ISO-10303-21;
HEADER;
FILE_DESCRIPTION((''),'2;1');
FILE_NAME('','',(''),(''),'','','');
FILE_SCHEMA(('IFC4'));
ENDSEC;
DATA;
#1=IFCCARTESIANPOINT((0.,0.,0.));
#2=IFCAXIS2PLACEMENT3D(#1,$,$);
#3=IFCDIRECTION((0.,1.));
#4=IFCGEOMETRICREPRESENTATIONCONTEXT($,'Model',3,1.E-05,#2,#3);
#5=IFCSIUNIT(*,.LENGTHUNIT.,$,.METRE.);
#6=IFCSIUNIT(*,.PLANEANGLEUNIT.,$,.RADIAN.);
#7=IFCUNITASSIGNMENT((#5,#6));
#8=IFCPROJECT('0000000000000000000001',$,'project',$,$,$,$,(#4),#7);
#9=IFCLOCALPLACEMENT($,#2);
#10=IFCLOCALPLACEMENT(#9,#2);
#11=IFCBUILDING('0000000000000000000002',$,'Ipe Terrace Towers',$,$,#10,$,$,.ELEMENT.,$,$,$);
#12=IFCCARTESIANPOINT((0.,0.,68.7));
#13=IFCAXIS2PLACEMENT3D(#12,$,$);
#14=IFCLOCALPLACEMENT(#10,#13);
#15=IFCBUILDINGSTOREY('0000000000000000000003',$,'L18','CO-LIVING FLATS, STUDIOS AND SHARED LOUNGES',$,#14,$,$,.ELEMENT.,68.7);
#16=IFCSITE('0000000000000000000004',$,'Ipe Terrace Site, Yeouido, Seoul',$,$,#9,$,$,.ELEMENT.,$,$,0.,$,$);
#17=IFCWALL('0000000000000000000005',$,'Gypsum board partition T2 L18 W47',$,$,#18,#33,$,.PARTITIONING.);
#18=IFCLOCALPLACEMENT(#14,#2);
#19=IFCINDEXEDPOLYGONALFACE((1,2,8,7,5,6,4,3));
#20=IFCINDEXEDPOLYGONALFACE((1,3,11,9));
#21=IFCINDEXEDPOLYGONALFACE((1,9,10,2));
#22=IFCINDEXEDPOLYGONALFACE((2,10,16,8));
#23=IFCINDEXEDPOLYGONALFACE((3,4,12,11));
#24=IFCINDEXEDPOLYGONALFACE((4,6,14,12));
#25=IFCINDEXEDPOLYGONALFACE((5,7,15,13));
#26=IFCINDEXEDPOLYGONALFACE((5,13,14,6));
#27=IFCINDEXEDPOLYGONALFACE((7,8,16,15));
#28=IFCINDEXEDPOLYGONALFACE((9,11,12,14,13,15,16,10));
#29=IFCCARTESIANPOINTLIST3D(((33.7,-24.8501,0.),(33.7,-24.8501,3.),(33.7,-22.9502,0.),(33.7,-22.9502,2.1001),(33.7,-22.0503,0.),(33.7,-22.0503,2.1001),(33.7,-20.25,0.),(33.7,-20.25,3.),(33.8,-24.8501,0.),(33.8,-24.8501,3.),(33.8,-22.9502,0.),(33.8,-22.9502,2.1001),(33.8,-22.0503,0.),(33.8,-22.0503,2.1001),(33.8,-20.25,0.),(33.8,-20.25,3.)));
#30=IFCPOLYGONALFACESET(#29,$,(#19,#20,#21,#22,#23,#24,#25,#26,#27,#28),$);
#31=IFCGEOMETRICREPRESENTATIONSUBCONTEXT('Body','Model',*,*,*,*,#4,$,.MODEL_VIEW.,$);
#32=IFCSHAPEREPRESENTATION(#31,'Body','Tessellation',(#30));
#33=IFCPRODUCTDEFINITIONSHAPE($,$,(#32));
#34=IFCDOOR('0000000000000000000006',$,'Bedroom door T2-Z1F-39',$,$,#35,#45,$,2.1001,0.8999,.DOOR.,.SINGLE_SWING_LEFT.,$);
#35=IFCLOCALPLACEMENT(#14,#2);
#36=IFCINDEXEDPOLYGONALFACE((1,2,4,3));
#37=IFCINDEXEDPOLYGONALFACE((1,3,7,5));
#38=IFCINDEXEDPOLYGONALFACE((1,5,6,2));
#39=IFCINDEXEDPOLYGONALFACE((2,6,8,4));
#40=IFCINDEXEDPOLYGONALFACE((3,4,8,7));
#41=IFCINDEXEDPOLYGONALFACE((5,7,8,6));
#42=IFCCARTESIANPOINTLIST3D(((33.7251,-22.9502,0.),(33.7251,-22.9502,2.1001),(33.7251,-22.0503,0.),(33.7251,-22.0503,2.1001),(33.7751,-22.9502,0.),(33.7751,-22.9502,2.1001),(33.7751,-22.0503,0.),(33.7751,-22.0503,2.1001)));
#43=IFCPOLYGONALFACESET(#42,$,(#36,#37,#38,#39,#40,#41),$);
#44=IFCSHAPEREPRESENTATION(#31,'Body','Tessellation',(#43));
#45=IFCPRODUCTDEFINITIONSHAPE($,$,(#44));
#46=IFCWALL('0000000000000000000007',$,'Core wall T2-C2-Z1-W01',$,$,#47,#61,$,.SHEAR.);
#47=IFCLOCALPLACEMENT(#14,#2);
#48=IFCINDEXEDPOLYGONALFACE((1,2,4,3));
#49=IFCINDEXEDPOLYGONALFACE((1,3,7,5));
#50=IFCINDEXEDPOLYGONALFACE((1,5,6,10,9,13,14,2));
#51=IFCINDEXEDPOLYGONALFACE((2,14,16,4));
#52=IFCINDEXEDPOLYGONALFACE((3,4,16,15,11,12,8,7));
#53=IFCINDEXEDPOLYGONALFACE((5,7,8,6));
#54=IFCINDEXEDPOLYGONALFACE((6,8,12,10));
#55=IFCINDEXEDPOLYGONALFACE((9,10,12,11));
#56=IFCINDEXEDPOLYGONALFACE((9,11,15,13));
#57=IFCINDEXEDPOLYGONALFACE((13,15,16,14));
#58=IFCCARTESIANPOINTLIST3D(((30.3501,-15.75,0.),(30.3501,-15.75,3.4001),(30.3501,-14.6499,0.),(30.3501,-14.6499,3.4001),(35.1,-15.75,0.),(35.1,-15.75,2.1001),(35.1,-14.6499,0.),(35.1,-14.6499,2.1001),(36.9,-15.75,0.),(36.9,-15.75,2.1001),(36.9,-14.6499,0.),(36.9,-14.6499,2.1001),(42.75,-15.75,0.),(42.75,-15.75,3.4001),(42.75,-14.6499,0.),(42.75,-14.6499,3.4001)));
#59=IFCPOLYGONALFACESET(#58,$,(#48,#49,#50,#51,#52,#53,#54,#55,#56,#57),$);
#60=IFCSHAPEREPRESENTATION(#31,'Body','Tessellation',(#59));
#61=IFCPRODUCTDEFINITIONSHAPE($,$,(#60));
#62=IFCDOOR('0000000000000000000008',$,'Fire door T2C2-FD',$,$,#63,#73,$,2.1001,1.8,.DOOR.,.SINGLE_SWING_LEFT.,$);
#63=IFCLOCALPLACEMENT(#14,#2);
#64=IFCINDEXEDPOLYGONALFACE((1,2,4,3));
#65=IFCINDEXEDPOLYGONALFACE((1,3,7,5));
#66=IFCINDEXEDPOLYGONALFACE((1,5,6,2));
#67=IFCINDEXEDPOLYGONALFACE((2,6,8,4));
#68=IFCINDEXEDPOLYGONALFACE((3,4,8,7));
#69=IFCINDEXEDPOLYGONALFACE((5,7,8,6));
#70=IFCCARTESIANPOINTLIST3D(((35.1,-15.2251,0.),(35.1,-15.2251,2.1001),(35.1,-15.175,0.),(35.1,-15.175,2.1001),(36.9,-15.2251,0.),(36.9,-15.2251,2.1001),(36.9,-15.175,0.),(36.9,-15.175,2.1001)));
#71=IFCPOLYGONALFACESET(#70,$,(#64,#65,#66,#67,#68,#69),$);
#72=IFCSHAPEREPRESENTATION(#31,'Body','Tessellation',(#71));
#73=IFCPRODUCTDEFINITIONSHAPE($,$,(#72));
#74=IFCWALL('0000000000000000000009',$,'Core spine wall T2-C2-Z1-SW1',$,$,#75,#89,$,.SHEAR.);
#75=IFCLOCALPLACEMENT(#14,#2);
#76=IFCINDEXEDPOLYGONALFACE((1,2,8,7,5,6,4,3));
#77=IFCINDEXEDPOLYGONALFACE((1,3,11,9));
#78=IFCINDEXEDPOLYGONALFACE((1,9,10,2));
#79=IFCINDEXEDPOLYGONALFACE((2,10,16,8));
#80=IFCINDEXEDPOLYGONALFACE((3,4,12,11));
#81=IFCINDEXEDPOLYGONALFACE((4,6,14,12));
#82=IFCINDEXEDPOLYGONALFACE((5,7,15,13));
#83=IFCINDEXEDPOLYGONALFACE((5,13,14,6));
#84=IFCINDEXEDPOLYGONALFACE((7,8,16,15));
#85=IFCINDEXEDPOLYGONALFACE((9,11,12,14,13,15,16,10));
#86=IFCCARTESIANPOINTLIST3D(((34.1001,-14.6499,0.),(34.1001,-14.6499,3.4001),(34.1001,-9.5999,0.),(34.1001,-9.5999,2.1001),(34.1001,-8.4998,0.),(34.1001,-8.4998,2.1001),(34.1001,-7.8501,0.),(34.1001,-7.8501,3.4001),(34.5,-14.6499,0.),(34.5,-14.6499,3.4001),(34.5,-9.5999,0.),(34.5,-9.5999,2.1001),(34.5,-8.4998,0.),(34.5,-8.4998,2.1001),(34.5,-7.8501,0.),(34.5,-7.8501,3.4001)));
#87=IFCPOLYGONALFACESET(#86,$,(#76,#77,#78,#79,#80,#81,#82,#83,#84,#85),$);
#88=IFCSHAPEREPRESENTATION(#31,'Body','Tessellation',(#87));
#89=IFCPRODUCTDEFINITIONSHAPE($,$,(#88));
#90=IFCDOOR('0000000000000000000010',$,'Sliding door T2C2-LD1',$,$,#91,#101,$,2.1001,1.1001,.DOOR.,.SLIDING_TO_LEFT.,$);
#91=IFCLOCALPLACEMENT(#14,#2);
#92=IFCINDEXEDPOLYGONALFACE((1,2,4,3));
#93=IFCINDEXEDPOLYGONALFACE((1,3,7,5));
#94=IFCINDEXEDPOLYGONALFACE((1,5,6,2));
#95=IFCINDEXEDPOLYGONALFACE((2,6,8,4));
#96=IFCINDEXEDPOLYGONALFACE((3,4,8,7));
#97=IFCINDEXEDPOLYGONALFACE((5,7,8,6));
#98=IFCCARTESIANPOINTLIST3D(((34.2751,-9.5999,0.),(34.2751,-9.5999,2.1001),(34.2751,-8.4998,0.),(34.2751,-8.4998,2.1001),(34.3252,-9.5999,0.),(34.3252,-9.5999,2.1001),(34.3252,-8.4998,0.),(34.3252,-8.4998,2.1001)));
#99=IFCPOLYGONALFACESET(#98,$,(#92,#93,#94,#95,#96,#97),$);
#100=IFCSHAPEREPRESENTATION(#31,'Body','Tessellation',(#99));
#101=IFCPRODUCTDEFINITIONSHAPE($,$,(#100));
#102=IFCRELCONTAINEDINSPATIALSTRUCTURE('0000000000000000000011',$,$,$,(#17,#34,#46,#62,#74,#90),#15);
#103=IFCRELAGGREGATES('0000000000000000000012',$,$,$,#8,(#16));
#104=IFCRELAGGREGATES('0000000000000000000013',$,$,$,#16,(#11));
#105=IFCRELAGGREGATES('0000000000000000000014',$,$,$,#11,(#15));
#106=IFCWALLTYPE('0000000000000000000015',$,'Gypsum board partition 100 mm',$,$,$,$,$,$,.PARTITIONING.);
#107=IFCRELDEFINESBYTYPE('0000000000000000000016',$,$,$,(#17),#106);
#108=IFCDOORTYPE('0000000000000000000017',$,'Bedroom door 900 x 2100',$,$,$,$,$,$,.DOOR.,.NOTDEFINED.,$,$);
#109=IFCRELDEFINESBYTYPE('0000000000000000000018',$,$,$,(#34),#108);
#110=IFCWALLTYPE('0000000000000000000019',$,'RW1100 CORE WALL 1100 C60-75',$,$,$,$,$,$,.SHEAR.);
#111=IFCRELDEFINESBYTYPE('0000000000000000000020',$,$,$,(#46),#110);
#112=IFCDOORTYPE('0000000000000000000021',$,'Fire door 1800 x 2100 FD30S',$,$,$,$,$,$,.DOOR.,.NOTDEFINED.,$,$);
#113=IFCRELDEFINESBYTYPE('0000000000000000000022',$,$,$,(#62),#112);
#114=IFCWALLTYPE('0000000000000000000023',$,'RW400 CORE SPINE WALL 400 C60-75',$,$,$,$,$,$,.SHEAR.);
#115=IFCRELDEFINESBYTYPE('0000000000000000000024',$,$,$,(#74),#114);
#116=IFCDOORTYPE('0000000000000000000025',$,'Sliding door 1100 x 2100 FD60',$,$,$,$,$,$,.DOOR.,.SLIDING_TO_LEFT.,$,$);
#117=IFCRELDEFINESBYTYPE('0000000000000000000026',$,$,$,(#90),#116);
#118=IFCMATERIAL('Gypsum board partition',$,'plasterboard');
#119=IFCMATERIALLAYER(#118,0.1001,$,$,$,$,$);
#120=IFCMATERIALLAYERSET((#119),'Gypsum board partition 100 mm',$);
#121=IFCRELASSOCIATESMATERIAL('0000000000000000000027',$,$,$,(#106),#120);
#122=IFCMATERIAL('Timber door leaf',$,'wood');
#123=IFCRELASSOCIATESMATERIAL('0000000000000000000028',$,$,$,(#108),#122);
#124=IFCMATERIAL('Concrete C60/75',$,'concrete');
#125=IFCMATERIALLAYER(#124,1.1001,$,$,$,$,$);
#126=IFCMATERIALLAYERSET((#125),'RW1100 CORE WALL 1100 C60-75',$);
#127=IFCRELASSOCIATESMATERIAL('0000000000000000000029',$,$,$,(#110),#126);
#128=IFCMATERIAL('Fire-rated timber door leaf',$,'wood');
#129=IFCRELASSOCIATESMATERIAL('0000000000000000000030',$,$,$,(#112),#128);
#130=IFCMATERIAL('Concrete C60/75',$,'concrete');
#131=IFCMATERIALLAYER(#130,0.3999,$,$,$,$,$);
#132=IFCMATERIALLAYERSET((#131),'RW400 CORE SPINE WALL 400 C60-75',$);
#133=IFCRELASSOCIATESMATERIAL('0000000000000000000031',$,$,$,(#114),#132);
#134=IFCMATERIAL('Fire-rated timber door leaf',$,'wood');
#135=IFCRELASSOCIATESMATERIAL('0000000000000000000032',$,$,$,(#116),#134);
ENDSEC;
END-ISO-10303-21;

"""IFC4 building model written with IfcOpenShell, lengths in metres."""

from ifc_helpers import new_model, si_unit, direction, frame, frame_2d, origin, place, context, subcontext, project, spatial, rectangle, extrude, material, layer, layer_set, type_object, element, fill, save


model = new_model("IFC4")

# Units and contexts
model_context = context("Model", 3, precision=1e-05, world=origin(), true_north=direction((0.0, 1.0)))
body_context = subcontext(model_context, "Body", "Model", "MODEL_VIEW")
ifc_project = project(units=[si_unit("LENGTHUNIT", "METRE"), si_unit("PLANEANGLEUNIT", "RADIAN")], contexts=[model_context])

# Site, building, storey
site_placement = place(None, origin())
site = spatial("IfcSite", under=ifc_project, at=site_placement, Name="Ipe Terrace Site, Yeouido, Seoul", CompositionType="ELEMENT", RefElevation=0.0)
building_placement = place(site_placement, origin())
building = spatial("IfcBuilding", under=site, at=building_placement, Name="Ipe Terrace Towers", CompositionType="ELEMENT")
storey_placement = place(building_placement, frame((0.0, 0.0, 68.7)))
storey = spatial("IfcBuildingStorey", under=building, at=storey_placement, Name="L18", Description="CO-LIVING FLATS, STUDIOS AND SHARED LOUNGES", CompositionType="ELEMENT", Elevation=68.7)

# Walls, openings, doors
ifc_material_1 = material(Name="Gypsum board partition", Category="plasterboard")
ifc_layer_1 = layer(ifc_material_1, 0.1001)
ifc_layer_set_1 = layer_set([ifc_layer_1], Name="Gypsum board partition 100 mm")
wall_type_1 = type_object("IfcWallType", Name="Gypsum board partition 100 mm", PredefinedType="PARTITIONING", material=ifc_layer_set_1)
wall_1_placement = place(storey_placement, frame((33.75, -24.8501, 0.0), z_axis=(0.0, 0.0, 1.0), x_axis=(0.0, 1.0, 0.0)))
wall_1 = element("IfcWall", 1, at=wall_1_placement, inside=storey, type_object=wall_type_1, Name="Gypsum board partition T2 L18 W47", PredefinedType="PARTITIONING", context=body_context, shape_type="SweptSolid", body=[
    extrude(rectangle(XDim=4.6001, YDim=0.1001, at=frame_2d((2.3, 0.0))), origin(), (0.0, 0.0, 1.0), 3.0),
])
opening_1_placement = place(wall_1_placement, frame((1.8999, 0.0, 0.0)))
opening_1 = element("IfcOpeningElement", 2, at=opening_1_placement, cuts=wall_1, PredefinedType="OPENING", context=body_context, shape_type="SweptSolid", body=[
    extrude(rectangle(XDim=0.8999, YDim=2.1001, at=frame_2d((0.45, 1.05))), frame((0.0, 0.0601, 0.0), z_axis=(0.0, -1.0, 0.0), x_axis=(1.0, 0.0, 0.0)), (0.0, 0.0, 1.0), 0.1201),
])
ifc_material_2 = material(Name="Timber door leaf", Category="wood")
door_type_1 = type_object("IfcDoorType", Name="Bedroom door 900 x 2100", OperationType="NOTDEFINED", PredefinedType="DOOR", material=ifc_material_2)
door_1_placement = place(opening_1_placement, origin())
door_1 = element("IfcDoor", 3, at=door_1_placement, inside=storey, type_object=door_type_1, Name="Bedroom door T2-Z1F-39", OperationType="SINGLE_SWING_LEFT", OverallHeight=2.1001, OverallWidth=0.8999, PredefinedType="DOOR", context=body_context, shape_type="SweptSolid", body=[
    extrude(rectangle(XDim=0.8999, YDim=2.1001, at=frame_2d((0.45, 1.05))), frame((0.0, 0.0249, 0.0), z_axis=(0.0, -1.0, 0.0), x_axis=(1.0, 0.0, 0.0)), (0.0, 0.0, 1.0), 0.05),
])
fill(opening_1, door_1)
ifc_material_3 = material(Name="Concrete C60/75", Category="concrete")
ifc_layer_2 = layer(ifc_material_3, 1.1001)
ifc_layer_set_2 = layer_set([ifc_layer_2], Name="RW1100 CORE WALL 1100 C60-75")
wall_type_2 = type_object("IfcWallType", Name="RW1100 CORE WALL 1100 C60-75", PredefinedType="SHEAR", material=ifc_layer_set_2)
wall_2_placement = place(storey_placement, frame((30.3501, -15.2, 0.0), z_axis=(0.0, 0.0, 1.0), x_axis=(1.0, 0.0, 0.0)))
wall_2 = element("IfcWall", 4, at=wall_2_placement, inside=storey, type_object=wall_type_2, Name="Core wall T2-C2-Z1-W01", PredefinedType="SHEAR", context=body_context, shape_type="SweptSolid", body=[
    extrude(rectangle(XDim=12.3999, YDim=1.1001, at=frame_2d((6.2, 0.0))), origin(), (0.0, 0.0, 1.0), 3.4001),
])
opening_2_placement = place(wall_2_placement, frame((4.75, 0.0, 0.0)))
opening_2 = element("IfcOpeningElement", 5, at=opening_2_placement, cuts=wall_2, PredefinedType="OPENING", context=body_context, shape_type="SweptSolid", body=[
    extrude(rectangle(XDim=1.8, YDim=2.1001, at=frame_2d((0.8999, 1.05))), frame((0.0, 0.5601, 0.0), z_axis=(0.0, -1.0, 0.0), x_axis=(1.0, 0.0, 0.0)), (0.0, 0.0, 1.0), 1.1201),
])
ifc_material_4 = material(Name="Fire-rated timber door leaf", Category="wood")
door_type_2 = type_object("IfcDoorType", Name="Fire door 1800 x 2100 FD30S", OperationType="NOTDEFINED", PredefinedType="DOOR", material=ifc_material_4)
door_2_placement = place(opening_2_placement, origin())
door_2 = element("IfcDoor", 6, at=door_2_placement, inside=storey, type_object=door_type_2, Name="Fire door T2C2-FD", OperationType="SINGLE_SWING_LEFT", OverallHeight=2.1001, OverallWidth=1.8, PredefinedType="DOOR", context=body_context, shape_type="SweptSolid", body=[
    extrude(rectangle(XDim=1.8, YDim=2.1001, at=frame_2d((0.8999, 1.05))), frame((0.0, 0.0249, 0.0), z_axis=(0.0, -1.0, 0.0), x_axis=(1.0, 0.0, 0.0)), (0.0, 0.0, 1.0), 0.05),
])
fill(opening_2, door_2)
ifc_material_5 = material(Name="Concrete C60/75", Category="concrete")
ifc_layer_3 = layer(ifc_material_5, 0.3999)
ifc_layer_set_3 = layer_set([ifc_layer_3], Name="RW400 CORE SPINE WALL 400 C60-75")
wall_type_3 = type_object("IfcWallType", Name="RW400 CORE SPINE WALL 400 C60-75", PredefinedType="SHEAR", material=ifc_layer_set_3)
wall_3_placement = place(storey_placement, frame((34.3, -14.6499, 0.0), z_axis=(0.0, 0.0, 1.0), x_axis=(0.0, 1.0, 0.0)))
wall_3 = element("IfcWall", 7, at=wall_3_placement, inside=storey, type_object=wall_type_3, Name="Core spine wall T2-C2-Z1-SW1", PredefinedType="SHEAR", context=body_context, shape_type="SweptSolid", body=[
    extrude(rectangle(XDim=6.7998, YDim=0.3999, at=frame_2d((3.3999, 0.0))), origin(), (0.0, 0.0, 1.0), 3.4001),
])
opening_3_placement = place(wall_3_placement, frame((5.05, 0.0, 0.0)))
opening_3 = element("IfcOpeningElement", 8, at=opening_3_placement, cuts=wall_3, PredefinedType="OPENING", context=body_context, shape_type="SweptSolid", body=[
    extrude(rectangle(XDim=1.1001, YDim=2.1001, at=frame_2d((0.55, 1.05))), frame((0.0, 0.21, 0.0), z_axis=(0.0, -1.0, 0.0), x_axis=(1.0, 0.0, 0.0)), (0.0, 0.0, 1.0), 0.4199),
])
ifc_material_6 = material(Name="Fire-rated timber door leaf", Category="wood")
door_type_3 = type_object("IfcDoorType", Name="Sliding door 1100 x 2100 FD60", OperationType="SLIDING_TO_LEFT", PredefinedType="DOOR", material=ifc_material_6)
door_3_placement = place(opening_3_placement, origin())
door_3 = element("IfcDoor", 9, at=door_3_placement, inside=storey, type_object=door_type_3, Name="Sliding door T2C2-LD1", OperationType="SLIDING_TO_LEFT", OverallHeight=2.1001, OverallWidth=1.1001, PredefinedType="DOOR", context=body_context, shape_type="SweptSolid", body=[
    extrude(rectangle(XDim=1.1001, YDim=2.1001, at=frame_2d((0.55, 1.05))), frame((0.0, 0.0249, 0.0), z_axis=(0.0, -1.0, 0.0), x_axis=(1.0, 0.0, 0.0)), (0.0, 0.0, 1.0), 0.05),
])
fill(opening_3, door_3)

save(model, "model.ifc")
